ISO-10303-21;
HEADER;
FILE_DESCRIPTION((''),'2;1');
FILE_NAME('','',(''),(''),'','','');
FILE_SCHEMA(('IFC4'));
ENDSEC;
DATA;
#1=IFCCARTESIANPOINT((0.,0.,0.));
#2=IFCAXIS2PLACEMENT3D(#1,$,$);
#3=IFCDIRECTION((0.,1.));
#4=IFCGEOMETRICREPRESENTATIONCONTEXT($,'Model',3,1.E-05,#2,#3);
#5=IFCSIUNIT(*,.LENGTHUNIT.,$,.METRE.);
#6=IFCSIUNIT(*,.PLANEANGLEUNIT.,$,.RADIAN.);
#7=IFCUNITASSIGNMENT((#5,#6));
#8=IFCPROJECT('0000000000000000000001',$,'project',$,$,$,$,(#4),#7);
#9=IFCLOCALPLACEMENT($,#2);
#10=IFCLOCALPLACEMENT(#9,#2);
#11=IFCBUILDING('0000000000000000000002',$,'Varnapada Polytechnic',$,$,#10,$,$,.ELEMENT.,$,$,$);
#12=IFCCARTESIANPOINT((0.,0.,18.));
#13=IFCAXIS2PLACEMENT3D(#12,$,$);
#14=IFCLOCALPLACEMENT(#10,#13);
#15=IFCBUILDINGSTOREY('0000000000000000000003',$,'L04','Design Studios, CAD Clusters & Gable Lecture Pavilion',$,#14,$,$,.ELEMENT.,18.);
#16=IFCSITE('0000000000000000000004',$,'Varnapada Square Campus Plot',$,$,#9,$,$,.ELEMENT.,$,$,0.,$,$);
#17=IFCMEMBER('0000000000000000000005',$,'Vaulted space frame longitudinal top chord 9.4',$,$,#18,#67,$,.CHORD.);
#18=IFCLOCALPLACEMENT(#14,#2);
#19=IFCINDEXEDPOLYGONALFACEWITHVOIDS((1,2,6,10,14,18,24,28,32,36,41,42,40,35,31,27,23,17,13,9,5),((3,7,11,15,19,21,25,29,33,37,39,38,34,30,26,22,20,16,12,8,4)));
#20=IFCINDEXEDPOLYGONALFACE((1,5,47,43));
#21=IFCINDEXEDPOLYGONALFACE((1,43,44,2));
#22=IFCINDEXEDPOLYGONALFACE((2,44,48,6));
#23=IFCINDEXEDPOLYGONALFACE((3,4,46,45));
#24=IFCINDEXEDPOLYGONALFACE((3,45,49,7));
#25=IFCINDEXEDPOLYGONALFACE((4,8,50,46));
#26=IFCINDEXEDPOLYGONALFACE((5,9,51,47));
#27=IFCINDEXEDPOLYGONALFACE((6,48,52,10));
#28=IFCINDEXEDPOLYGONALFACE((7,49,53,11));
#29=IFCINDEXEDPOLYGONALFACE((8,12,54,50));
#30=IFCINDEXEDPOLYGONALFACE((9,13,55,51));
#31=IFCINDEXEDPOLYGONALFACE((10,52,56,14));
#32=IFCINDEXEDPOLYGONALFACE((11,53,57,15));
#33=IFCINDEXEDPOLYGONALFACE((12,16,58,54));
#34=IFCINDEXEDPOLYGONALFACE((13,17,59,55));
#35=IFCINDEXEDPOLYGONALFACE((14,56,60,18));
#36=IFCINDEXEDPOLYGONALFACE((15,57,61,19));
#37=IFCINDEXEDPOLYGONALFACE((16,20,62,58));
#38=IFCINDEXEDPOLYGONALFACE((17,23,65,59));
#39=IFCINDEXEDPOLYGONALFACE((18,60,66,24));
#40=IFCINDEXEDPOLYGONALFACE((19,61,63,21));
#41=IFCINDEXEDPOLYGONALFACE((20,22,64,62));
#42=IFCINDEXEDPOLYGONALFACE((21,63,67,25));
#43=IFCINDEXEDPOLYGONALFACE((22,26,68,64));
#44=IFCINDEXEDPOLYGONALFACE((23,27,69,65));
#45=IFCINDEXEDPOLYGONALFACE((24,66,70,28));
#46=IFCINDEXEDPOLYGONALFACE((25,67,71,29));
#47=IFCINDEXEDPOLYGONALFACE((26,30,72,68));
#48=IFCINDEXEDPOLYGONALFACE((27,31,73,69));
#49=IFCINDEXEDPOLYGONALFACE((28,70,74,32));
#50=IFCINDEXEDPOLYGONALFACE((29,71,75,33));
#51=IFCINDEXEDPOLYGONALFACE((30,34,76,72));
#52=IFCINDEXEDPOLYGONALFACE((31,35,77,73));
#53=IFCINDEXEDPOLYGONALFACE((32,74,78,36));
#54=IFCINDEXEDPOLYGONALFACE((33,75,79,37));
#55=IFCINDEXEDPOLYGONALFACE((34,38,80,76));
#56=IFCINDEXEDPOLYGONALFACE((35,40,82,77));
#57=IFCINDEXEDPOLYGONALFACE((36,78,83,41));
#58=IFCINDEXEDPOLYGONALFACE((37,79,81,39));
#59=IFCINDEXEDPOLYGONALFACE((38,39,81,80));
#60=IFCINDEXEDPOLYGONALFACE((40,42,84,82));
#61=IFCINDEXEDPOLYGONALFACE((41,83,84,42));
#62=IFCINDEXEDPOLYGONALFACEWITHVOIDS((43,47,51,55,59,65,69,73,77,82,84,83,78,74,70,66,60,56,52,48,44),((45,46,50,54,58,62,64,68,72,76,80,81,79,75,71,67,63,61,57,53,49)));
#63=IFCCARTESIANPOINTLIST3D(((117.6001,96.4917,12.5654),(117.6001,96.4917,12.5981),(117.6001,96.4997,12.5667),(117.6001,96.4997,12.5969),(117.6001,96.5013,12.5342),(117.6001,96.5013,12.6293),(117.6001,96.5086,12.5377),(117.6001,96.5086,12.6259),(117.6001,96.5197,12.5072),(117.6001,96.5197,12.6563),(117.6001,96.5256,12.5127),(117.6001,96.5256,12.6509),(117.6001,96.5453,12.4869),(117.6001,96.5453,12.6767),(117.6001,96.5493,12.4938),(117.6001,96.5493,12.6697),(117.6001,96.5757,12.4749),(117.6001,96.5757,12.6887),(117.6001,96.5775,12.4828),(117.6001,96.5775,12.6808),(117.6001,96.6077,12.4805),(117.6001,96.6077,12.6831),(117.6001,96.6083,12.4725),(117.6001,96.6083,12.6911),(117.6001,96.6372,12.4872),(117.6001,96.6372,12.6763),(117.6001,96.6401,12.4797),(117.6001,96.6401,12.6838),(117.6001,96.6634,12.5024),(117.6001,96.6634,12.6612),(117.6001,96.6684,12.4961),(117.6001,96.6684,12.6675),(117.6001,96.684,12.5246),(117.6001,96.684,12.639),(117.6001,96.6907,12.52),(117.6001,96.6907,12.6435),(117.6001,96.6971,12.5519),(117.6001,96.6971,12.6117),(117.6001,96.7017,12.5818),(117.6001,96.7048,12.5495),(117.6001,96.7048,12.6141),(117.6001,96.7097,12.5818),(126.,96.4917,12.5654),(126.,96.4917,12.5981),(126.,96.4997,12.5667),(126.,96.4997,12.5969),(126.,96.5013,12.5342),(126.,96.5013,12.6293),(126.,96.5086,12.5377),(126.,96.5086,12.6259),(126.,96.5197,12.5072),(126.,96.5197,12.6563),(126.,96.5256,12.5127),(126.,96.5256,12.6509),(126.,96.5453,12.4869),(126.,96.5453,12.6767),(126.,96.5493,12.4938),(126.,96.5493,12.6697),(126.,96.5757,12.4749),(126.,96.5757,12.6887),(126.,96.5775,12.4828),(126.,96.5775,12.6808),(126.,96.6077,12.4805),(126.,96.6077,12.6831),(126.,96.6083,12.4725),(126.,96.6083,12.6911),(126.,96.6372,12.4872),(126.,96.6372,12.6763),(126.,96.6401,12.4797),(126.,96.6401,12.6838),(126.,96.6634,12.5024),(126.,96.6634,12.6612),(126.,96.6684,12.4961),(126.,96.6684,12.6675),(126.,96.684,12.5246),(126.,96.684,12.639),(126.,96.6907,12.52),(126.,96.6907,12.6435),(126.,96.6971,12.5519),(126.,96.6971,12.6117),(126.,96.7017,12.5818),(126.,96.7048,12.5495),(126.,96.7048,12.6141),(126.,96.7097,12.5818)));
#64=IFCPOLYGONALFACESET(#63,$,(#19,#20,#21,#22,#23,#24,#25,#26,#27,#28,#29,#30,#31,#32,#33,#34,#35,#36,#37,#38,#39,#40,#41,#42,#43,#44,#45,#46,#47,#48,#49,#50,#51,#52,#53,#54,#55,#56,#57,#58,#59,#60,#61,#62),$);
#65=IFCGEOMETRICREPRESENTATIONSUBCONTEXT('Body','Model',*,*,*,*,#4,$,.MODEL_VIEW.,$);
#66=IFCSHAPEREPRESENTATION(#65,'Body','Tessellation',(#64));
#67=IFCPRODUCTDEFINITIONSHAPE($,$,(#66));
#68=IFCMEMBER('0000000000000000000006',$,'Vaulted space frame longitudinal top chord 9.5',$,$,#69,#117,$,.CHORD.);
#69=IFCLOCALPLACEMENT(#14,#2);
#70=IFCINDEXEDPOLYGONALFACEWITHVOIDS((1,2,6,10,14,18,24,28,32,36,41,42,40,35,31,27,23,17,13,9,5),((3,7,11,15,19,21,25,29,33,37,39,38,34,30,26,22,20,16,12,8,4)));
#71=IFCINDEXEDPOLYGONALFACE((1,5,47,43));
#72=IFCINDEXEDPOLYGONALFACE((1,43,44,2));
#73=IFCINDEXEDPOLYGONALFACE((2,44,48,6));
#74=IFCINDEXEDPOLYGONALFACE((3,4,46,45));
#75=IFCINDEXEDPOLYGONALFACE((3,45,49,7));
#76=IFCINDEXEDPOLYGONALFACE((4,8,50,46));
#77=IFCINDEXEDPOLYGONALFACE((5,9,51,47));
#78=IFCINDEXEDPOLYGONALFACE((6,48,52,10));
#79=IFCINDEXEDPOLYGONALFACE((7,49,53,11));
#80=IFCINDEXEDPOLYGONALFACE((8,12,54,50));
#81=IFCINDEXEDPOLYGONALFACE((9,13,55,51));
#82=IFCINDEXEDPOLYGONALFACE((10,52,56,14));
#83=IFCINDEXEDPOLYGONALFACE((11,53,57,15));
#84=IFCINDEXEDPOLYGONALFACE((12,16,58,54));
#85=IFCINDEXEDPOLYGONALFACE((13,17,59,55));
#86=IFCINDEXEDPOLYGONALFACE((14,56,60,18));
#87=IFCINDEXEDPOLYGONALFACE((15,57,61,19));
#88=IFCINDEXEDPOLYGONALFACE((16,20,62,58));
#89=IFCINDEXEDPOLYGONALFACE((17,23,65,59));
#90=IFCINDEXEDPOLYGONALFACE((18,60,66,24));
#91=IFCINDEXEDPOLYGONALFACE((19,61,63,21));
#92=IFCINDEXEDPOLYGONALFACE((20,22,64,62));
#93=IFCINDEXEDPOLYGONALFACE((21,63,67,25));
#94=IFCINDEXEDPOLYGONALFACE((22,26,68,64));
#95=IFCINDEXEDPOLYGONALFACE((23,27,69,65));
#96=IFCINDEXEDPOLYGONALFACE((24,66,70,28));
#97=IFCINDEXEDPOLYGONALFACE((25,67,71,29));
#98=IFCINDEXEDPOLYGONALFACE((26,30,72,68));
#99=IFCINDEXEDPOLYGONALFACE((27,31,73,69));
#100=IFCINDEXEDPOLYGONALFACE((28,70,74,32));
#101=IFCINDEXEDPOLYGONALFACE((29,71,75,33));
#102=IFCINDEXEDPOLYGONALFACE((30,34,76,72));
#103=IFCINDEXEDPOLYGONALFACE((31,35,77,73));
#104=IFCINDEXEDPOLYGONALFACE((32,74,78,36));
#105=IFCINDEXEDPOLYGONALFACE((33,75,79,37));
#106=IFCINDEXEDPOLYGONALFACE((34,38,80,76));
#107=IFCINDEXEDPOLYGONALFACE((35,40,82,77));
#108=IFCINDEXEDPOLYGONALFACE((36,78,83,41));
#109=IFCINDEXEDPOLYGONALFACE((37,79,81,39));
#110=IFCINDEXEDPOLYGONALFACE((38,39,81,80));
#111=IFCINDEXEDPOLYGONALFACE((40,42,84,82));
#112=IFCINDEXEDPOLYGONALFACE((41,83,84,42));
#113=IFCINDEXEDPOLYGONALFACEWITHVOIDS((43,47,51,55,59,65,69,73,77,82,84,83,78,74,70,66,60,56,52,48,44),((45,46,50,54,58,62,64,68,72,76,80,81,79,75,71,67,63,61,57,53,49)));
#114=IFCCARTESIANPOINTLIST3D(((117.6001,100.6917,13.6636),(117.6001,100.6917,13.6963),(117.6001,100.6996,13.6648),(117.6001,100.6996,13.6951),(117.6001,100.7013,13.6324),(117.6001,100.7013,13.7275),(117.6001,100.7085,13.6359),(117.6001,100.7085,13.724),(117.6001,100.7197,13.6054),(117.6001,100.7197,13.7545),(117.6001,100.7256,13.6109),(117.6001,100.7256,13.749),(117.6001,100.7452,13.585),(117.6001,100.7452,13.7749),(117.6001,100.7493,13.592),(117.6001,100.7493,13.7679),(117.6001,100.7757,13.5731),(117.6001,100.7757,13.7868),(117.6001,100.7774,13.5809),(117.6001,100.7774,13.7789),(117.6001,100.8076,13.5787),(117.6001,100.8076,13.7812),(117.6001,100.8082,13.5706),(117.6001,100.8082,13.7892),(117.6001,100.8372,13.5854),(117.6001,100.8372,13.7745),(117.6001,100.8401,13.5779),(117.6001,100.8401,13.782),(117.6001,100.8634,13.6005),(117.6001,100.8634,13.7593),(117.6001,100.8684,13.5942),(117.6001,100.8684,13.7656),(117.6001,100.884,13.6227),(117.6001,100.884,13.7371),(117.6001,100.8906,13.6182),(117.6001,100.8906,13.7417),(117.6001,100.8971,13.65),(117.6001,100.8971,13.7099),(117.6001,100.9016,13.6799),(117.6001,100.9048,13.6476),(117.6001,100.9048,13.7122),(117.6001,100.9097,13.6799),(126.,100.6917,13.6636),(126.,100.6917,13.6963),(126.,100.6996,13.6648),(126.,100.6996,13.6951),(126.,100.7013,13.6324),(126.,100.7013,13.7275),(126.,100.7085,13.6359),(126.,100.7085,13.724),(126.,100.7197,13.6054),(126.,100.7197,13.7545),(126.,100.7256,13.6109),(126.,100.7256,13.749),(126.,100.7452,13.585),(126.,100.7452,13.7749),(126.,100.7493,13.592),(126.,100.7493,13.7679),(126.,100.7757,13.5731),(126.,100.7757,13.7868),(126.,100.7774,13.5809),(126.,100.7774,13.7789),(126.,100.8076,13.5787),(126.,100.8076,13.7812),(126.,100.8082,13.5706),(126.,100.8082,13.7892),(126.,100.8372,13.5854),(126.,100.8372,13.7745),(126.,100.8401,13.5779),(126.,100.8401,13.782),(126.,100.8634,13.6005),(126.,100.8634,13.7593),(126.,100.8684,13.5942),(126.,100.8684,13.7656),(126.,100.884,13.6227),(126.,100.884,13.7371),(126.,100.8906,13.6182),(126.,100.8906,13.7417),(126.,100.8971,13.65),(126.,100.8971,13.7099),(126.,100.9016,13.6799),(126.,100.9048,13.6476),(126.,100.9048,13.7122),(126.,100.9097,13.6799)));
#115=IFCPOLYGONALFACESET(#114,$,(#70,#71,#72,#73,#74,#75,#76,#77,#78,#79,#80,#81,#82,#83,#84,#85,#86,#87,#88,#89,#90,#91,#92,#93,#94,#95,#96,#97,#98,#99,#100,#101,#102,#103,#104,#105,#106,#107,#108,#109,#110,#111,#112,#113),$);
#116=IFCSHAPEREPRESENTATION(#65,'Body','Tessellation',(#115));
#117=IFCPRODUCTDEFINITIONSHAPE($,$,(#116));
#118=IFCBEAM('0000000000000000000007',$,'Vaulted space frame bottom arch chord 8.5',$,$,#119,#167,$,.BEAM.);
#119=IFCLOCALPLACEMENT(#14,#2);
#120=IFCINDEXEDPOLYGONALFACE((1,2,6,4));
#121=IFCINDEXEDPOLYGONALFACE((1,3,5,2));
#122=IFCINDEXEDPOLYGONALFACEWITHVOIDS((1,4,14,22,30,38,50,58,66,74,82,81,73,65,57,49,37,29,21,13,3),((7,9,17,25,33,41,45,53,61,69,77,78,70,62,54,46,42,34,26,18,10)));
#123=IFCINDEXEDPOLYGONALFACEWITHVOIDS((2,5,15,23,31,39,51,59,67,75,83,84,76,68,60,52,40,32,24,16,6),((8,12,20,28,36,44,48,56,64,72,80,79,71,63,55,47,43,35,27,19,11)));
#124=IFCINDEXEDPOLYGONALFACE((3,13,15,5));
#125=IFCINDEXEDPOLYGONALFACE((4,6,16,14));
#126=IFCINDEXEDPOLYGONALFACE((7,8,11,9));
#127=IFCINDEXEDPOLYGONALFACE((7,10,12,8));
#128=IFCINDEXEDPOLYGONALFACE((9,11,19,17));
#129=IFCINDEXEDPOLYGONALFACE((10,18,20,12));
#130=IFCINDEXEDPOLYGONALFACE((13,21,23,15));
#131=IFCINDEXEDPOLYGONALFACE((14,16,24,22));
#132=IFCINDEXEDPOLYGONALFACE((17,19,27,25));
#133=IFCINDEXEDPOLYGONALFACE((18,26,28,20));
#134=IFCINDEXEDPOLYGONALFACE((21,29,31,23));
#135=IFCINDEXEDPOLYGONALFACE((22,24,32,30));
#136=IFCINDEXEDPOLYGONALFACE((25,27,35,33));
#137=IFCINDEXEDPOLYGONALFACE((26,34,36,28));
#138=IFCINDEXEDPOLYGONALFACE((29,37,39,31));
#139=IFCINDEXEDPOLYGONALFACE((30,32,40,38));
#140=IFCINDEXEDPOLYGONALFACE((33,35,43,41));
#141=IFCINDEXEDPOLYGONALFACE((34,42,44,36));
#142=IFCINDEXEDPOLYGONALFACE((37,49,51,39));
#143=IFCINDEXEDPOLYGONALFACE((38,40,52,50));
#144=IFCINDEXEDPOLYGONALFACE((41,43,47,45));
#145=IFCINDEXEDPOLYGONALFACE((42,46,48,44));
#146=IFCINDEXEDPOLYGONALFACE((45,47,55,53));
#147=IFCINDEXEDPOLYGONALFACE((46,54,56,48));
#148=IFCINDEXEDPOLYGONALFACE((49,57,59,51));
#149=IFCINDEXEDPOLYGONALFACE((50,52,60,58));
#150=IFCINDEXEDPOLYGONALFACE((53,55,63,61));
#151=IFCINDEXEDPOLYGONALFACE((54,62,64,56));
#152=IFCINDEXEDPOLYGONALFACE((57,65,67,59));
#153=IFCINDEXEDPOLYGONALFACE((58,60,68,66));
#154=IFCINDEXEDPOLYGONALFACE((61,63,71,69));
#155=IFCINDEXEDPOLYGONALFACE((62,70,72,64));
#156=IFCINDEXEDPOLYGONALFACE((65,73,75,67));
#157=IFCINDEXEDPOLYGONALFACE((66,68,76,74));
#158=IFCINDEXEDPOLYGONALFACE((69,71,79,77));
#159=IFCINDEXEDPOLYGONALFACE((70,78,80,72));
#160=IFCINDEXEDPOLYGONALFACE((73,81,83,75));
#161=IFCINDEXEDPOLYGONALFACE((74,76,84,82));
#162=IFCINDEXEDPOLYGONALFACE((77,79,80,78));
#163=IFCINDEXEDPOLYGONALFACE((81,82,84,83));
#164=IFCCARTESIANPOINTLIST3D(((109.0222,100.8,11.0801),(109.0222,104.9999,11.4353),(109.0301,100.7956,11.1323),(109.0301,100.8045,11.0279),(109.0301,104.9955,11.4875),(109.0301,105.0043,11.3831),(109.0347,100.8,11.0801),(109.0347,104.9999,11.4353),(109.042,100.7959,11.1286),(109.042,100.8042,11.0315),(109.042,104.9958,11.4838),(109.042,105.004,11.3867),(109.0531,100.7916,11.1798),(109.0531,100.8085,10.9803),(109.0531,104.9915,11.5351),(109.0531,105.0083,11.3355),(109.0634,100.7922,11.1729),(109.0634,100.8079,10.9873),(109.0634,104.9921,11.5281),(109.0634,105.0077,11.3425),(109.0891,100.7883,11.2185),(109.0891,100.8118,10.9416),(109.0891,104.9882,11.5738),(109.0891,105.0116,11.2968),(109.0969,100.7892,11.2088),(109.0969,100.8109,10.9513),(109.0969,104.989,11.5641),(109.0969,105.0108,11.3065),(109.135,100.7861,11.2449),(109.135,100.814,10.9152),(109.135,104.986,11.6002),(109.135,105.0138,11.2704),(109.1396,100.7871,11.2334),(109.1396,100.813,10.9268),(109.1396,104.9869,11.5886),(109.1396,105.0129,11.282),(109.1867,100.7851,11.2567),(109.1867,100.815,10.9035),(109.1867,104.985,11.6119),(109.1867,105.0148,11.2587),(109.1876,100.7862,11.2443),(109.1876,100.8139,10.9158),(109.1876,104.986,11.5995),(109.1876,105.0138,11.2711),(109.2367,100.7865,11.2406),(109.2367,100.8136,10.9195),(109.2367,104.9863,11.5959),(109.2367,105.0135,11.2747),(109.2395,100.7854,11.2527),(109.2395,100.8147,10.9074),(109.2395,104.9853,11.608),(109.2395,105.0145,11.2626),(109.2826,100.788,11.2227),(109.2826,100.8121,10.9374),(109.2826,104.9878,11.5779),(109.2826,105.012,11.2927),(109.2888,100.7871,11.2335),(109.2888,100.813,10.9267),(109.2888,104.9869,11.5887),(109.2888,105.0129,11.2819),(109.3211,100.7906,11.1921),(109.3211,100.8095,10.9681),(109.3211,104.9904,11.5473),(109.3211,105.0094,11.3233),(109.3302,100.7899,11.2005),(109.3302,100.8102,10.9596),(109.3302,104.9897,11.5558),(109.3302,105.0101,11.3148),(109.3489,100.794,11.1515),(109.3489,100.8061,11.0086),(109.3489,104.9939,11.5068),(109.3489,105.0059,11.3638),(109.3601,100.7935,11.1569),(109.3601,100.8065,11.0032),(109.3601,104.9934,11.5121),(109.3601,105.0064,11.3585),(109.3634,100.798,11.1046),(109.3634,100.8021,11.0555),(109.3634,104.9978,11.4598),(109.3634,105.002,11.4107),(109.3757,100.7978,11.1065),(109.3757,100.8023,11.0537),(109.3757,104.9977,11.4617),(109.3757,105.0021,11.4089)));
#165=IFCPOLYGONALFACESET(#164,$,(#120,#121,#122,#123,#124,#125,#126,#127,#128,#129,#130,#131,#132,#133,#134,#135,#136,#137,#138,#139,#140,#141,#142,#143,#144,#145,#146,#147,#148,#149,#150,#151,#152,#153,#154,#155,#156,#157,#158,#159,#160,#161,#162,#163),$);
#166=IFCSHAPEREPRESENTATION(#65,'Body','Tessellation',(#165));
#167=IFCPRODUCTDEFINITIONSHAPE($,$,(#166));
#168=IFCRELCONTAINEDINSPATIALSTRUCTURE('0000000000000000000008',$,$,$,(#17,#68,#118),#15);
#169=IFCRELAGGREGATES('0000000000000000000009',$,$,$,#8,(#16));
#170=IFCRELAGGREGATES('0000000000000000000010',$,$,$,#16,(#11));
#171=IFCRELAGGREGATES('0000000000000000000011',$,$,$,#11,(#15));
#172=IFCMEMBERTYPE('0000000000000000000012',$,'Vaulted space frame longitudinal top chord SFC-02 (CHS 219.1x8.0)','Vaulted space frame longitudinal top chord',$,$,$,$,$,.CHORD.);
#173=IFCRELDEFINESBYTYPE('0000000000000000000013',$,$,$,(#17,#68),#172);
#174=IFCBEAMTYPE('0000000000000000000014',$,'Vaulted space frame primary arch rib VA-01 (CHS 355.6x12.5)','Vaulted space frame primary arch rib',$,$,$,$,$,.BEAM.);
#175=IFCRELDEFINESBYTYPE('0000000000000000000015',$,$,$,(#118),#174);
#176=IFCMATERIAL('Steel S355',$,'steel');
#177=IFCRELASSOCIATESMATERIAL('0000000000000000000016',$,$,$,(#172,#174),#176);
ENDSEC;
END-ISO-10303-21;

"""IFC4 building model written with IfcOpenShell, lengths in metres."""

from ifc_helpers import new_model, si_unit, direction, frame, origin, origin_2d, place, context, subcontext, project, spatial, hollow_circle, extrude, material, material_profile, profile_set, type_object, element, save


model = new_model("IFC4")

# Units and contexts
model_context = context("Model", 3, precision=1e-05, world=origin(), true_north=direction((0.0, 1.0)))
body_context = subcontext(model_context, "Body", "Model", "MODEL_VIEW")
ifc_project = project(units=[si_unit("LENGTHUNIT", "METRE"), si_unit("PLANEANGLEUNIT", "RADIAN")], contexts=[model_context])

# Site, building, storey
site_placement = place(None, origin())
site = spatial("IfcSite", under=ifc_project, at=site_placement, Name="Varnapada Square Campus Plot", CompositionType="ELEMENT", RefElevation=0.0)
building_placement = place(site_placement, origin())
building = spatial("IfcBuilding", under=site, at=building_placement, Name="Varnapada Polytechnic", CompositionType="ELEMENT")
storey_placement = place(building_placement, frame((0.0, 0.0, 18.0)))
storey = spatial("IfcBuildingStorey", under=building, at=storey_placement, Name="L04", Description="Design Studios, CAD Clusters & Gable Lecture Pavilion", CompositionType="ELEMENT", Elevation=18.0)

# Members
ifc_material = material(Name="Steel S355", Category="steel")
ifc_material_profile_1 = material_profile(ifc_material, hollow_circle(Radius=0.1096, WallThickness=0.0081, at=origin_2d()), Name="CHS 219.1x8.0")
ifc_profile_set_1 = profile_set([ifc_material_profile_1], Name="Steel S355")
member_type_1 = type_object("IfcMemberType", Name="Vaulted space frame longitudinal top chord SFC-02 (CHS 219.1x8.0)", Description="Vaulted space frame longitudinal top chord", PredefinedType="CHORD", material=ifc_profile_set_1)
for number, where, z_axis, x_axis, name in (
    (1, (117.6001, 96.6001, 12.5818), (1.0, 0.0, 0.0), (0.0, 1.0, 0.0), "Vaulted space frame longitudinal top chord 9.4"),
    (2, (117.6001, 100.8, 13.6799), (1.0, 0.0, 0.0), (0.0, 1.0, 0.0), "Vaulted space frame longitudinal top chord 9.5"),
):
    element("IfcMember", number, at=place(storey_placement, frame(where, z_axis=z_axis, x_axis=x_axis)), inside=storey, type_object=member_type_1, Name=name, PredefinedType="CHORD", context=body_context, shape_type="SweptSolid", body=[
        extrude(hollow_circle(Radius=0.1096, WallThickness=0.0081, at=origin_2d()), origin(), (0.0, 0.0, 1.0), 8.3999),
    ])

# Beam
ifc_material_profile_2 = material_profile(ifc_material, hollow_circle(Radius=0.1777, WallThickness=0.0125, at=origin_2d()), Name="CHS 355.6x12.5")
ifc_profile_set_2 = profile_set([ifc_material_profile_2], Name="Steel S355")
beam_type_1 = type_object("IfcBeamType", Name="Vaulted space frame primary arch rib VA-01 (CHS 355.6x12.5)", Description="Vaulted space frame primary arch rib", PredefinedType="BEAM", material=ifc_profile_set_2)
beam_1_placement = place(storey_placement, frame((109.2, 100.8, 11.0801), z_axis=(0.0, 0.996442, 0.084277), x_axis=(-1.0, 0.0, 0.0)))
element("IfcBeam", 3, at=beam_1_placement, inside=storey, type_object=beam_type_1, Name="Vaulted space frame bottom arch chord 8.5", PredefinedType="BEAM", context=body_context, shape_type="SweptSolid", body=[
    extrude(hollow_circle(Radius=0.1777, WallThickness=0.0125, at=origin_2d()), origin(), (0.0, 0.0, 1.0), 4.2148),
])

save(model, "model.ifc")
